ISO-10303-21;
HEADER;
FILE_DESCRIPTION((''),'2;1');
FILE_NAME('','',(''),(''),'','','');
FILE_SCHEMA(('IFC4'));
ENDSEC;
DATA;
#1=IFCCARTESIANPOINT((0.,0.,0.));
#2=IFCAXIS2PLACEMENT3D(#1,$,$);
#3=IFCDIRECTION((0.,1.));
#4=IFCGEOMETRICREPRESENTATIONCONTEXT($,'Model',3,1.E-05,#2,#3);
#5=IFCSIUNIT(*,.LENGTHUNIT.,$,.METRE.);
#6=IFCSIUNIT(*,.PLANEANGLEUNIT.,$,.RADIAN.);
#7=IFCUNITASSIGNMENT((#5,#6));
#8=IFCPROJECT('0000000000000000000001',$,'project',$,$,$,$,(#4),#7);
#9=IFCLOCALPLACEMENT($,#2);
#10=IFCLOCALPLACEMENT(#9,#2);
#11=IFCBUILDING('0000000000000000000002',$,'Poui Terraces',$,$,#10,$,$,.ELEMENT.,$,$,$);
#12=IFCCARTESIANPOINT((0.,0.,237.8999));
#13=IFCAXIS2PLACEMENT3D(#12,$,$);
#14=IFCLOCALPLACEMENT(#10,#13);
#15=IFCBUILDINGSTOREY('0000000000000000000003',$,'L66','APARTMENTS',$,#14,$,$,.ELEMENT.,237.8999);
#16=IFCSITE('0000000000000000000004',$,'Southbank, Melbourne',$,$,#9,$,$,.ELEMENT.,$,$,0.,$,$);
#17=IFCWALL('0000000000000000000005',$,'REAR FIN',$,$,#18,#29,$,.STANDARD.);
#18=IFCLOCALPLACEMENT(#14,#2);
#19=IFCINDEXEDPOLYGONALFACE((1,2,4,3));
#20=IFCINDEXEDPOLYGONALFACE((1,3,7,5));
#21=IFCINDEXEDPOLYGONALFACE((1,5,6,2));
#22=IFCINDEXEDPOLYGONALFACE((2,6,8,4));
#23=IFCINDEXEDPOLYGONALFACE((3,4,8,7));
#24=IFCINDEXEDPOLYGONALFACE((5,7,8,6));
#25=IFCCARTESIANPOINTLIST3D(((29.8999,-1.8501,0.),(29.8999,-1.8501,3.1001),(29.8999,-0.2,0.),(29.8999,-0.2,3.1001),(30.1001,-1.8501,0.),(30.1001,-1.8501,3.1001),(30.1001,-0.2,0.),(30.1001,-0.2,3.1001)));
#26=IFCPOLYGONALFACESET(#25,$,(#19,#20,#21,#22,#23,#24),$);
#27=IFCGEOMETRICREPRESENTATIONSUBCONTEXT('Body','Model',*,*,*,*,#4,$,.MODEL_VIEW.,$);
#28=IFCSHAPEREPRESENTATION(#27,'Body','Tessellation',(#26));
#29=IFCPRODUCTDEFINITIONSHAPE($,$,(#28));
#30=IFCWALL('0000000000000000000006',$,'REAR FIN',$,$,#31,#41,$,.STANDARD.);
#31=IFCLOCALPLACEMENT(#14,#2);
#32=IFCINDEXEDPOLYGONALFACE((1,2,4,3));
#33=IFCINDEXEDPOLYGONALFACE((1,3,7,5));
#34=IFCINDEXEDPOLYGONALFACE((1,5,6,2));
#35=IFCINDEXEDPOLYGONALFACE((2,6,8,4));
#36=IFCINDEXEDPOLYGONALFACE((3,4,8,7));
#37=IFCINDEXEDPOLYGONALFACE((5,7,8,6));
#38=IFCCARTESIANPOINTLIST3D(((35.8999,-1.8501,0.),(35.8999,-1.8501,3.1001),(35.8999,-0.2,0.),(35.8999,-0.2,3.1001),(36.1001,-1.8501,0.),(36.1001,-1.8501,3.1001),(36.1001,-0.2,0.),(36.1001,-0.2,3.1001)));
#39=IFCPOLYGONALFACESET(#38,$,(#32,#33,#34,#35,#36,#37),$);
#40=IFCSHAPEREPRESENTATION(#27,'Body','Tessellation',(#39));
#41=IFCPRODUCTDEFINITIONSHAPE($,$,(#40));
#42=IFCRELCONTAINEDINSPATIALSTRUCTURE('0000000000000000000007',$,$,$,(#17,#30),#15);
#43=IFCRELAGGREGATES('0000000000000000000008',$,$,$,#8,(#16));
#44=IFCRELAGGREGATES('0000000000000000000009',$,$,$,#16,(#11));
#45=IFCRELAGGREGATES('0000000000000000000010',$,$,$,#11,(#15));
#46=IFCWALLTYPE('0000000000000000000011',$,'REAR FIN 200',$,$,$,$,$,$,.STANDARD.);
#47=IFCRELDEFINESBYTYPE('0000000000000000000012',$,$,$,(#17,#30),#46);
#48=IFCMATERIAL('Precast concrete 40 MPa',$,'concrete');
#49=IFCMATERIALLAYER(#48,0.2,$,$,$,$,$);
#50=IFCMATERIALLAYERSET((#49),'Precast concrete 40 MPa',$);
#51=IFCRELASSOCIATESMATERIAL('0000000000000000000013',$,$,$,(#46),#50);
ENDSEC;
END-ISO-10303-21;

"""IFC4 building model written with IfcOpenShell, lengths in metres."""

from ifc_helpers import new_model, si_unit, direction, frame, origin, place, context, subcontext, project, spatial, polyline, outline, extrude, source, transform, mapped, material, layer, layer_set, type_object, element, save


model = new_model("IFC4")

# Units and contexts
model_context = context("Model", 3, precision=1e-05, world=origin(), true_north=direction((0.0, 1.0)))
body_context = subcontext(model_context, "Body", "Model", "MODEL_VIEW")
ifc_project = project(units=[si_unit("LENGTHUNIT", "METRE"), si_unit("PLANEANGLEUNIT", "RADIAN")], contexts=[model_context])

# Site, building, storey
site_placement = place(None, origin())
site = spatial("IfcSite", under=ifc_project, at=site_placement, Name="Southbank, Melbourne", CompositionType="ELEMENT", RefElevation=0.0)
building_placement = place(site_placement, origin())
building = spatial("IfcBuilding", under=site, at=building_placement, Name="Poui Terraces", CompositionType="ELEMENT")
storey_placement = place(building_placement, frame((0.0, 0.0, 237.8999)))
storey = spatial("IfcBuildingStorey", under=building, at=storey_placement, Name="L66", Description="APARTMENTS", CompositionType="ELEMENT", Elevation=237.8999)

# Shared definitions
ifc_material_1 = material(Name="Precast concrete 40 MPa", Category="concrete")

# Walls
ifc_layer_1 = layer(ifc_material_1, 0.2)
ifc_layer_set_1 = layer_set([ifc_layer_1], Name="Precast concrete 40 MPa")
wall_type_1 = type_object("IfcWallType", Name="REAR FIN 200", PredefinedType="STANDARD", material=ifc_layer_set_1)
shared_shape_1 = source(origin(), body_context, "Body", "SweptSolid", [
    extrude(outline(polyline([(0.0, 0.0), (0.2002, 0.0), (0.2002, 1.6501), (0.0, 1.6501), (0.0, 0.0)])), origin(), (0.0, 0.0, 1.0), 3.1001),
])
for number, where, name in (
    (1, (29.8999, -1.8501, 0.0), "REAR FIN"),
    (2, (35.8999, -1.8501, 0.0), "REAR FIN"),
):
    element("IfcWall", number, at=place(storey_placement, frame(where)), inside=storey, type_object=wall_type_1, Name=name, PredefinedType="STANDARD", context=body_context, shape_type="MappedRepresentation", body=[
        mapped(shared_shape_1, transform((0.0, 0.0, 0.0))),
    ])

save(model, "model.ifc")
